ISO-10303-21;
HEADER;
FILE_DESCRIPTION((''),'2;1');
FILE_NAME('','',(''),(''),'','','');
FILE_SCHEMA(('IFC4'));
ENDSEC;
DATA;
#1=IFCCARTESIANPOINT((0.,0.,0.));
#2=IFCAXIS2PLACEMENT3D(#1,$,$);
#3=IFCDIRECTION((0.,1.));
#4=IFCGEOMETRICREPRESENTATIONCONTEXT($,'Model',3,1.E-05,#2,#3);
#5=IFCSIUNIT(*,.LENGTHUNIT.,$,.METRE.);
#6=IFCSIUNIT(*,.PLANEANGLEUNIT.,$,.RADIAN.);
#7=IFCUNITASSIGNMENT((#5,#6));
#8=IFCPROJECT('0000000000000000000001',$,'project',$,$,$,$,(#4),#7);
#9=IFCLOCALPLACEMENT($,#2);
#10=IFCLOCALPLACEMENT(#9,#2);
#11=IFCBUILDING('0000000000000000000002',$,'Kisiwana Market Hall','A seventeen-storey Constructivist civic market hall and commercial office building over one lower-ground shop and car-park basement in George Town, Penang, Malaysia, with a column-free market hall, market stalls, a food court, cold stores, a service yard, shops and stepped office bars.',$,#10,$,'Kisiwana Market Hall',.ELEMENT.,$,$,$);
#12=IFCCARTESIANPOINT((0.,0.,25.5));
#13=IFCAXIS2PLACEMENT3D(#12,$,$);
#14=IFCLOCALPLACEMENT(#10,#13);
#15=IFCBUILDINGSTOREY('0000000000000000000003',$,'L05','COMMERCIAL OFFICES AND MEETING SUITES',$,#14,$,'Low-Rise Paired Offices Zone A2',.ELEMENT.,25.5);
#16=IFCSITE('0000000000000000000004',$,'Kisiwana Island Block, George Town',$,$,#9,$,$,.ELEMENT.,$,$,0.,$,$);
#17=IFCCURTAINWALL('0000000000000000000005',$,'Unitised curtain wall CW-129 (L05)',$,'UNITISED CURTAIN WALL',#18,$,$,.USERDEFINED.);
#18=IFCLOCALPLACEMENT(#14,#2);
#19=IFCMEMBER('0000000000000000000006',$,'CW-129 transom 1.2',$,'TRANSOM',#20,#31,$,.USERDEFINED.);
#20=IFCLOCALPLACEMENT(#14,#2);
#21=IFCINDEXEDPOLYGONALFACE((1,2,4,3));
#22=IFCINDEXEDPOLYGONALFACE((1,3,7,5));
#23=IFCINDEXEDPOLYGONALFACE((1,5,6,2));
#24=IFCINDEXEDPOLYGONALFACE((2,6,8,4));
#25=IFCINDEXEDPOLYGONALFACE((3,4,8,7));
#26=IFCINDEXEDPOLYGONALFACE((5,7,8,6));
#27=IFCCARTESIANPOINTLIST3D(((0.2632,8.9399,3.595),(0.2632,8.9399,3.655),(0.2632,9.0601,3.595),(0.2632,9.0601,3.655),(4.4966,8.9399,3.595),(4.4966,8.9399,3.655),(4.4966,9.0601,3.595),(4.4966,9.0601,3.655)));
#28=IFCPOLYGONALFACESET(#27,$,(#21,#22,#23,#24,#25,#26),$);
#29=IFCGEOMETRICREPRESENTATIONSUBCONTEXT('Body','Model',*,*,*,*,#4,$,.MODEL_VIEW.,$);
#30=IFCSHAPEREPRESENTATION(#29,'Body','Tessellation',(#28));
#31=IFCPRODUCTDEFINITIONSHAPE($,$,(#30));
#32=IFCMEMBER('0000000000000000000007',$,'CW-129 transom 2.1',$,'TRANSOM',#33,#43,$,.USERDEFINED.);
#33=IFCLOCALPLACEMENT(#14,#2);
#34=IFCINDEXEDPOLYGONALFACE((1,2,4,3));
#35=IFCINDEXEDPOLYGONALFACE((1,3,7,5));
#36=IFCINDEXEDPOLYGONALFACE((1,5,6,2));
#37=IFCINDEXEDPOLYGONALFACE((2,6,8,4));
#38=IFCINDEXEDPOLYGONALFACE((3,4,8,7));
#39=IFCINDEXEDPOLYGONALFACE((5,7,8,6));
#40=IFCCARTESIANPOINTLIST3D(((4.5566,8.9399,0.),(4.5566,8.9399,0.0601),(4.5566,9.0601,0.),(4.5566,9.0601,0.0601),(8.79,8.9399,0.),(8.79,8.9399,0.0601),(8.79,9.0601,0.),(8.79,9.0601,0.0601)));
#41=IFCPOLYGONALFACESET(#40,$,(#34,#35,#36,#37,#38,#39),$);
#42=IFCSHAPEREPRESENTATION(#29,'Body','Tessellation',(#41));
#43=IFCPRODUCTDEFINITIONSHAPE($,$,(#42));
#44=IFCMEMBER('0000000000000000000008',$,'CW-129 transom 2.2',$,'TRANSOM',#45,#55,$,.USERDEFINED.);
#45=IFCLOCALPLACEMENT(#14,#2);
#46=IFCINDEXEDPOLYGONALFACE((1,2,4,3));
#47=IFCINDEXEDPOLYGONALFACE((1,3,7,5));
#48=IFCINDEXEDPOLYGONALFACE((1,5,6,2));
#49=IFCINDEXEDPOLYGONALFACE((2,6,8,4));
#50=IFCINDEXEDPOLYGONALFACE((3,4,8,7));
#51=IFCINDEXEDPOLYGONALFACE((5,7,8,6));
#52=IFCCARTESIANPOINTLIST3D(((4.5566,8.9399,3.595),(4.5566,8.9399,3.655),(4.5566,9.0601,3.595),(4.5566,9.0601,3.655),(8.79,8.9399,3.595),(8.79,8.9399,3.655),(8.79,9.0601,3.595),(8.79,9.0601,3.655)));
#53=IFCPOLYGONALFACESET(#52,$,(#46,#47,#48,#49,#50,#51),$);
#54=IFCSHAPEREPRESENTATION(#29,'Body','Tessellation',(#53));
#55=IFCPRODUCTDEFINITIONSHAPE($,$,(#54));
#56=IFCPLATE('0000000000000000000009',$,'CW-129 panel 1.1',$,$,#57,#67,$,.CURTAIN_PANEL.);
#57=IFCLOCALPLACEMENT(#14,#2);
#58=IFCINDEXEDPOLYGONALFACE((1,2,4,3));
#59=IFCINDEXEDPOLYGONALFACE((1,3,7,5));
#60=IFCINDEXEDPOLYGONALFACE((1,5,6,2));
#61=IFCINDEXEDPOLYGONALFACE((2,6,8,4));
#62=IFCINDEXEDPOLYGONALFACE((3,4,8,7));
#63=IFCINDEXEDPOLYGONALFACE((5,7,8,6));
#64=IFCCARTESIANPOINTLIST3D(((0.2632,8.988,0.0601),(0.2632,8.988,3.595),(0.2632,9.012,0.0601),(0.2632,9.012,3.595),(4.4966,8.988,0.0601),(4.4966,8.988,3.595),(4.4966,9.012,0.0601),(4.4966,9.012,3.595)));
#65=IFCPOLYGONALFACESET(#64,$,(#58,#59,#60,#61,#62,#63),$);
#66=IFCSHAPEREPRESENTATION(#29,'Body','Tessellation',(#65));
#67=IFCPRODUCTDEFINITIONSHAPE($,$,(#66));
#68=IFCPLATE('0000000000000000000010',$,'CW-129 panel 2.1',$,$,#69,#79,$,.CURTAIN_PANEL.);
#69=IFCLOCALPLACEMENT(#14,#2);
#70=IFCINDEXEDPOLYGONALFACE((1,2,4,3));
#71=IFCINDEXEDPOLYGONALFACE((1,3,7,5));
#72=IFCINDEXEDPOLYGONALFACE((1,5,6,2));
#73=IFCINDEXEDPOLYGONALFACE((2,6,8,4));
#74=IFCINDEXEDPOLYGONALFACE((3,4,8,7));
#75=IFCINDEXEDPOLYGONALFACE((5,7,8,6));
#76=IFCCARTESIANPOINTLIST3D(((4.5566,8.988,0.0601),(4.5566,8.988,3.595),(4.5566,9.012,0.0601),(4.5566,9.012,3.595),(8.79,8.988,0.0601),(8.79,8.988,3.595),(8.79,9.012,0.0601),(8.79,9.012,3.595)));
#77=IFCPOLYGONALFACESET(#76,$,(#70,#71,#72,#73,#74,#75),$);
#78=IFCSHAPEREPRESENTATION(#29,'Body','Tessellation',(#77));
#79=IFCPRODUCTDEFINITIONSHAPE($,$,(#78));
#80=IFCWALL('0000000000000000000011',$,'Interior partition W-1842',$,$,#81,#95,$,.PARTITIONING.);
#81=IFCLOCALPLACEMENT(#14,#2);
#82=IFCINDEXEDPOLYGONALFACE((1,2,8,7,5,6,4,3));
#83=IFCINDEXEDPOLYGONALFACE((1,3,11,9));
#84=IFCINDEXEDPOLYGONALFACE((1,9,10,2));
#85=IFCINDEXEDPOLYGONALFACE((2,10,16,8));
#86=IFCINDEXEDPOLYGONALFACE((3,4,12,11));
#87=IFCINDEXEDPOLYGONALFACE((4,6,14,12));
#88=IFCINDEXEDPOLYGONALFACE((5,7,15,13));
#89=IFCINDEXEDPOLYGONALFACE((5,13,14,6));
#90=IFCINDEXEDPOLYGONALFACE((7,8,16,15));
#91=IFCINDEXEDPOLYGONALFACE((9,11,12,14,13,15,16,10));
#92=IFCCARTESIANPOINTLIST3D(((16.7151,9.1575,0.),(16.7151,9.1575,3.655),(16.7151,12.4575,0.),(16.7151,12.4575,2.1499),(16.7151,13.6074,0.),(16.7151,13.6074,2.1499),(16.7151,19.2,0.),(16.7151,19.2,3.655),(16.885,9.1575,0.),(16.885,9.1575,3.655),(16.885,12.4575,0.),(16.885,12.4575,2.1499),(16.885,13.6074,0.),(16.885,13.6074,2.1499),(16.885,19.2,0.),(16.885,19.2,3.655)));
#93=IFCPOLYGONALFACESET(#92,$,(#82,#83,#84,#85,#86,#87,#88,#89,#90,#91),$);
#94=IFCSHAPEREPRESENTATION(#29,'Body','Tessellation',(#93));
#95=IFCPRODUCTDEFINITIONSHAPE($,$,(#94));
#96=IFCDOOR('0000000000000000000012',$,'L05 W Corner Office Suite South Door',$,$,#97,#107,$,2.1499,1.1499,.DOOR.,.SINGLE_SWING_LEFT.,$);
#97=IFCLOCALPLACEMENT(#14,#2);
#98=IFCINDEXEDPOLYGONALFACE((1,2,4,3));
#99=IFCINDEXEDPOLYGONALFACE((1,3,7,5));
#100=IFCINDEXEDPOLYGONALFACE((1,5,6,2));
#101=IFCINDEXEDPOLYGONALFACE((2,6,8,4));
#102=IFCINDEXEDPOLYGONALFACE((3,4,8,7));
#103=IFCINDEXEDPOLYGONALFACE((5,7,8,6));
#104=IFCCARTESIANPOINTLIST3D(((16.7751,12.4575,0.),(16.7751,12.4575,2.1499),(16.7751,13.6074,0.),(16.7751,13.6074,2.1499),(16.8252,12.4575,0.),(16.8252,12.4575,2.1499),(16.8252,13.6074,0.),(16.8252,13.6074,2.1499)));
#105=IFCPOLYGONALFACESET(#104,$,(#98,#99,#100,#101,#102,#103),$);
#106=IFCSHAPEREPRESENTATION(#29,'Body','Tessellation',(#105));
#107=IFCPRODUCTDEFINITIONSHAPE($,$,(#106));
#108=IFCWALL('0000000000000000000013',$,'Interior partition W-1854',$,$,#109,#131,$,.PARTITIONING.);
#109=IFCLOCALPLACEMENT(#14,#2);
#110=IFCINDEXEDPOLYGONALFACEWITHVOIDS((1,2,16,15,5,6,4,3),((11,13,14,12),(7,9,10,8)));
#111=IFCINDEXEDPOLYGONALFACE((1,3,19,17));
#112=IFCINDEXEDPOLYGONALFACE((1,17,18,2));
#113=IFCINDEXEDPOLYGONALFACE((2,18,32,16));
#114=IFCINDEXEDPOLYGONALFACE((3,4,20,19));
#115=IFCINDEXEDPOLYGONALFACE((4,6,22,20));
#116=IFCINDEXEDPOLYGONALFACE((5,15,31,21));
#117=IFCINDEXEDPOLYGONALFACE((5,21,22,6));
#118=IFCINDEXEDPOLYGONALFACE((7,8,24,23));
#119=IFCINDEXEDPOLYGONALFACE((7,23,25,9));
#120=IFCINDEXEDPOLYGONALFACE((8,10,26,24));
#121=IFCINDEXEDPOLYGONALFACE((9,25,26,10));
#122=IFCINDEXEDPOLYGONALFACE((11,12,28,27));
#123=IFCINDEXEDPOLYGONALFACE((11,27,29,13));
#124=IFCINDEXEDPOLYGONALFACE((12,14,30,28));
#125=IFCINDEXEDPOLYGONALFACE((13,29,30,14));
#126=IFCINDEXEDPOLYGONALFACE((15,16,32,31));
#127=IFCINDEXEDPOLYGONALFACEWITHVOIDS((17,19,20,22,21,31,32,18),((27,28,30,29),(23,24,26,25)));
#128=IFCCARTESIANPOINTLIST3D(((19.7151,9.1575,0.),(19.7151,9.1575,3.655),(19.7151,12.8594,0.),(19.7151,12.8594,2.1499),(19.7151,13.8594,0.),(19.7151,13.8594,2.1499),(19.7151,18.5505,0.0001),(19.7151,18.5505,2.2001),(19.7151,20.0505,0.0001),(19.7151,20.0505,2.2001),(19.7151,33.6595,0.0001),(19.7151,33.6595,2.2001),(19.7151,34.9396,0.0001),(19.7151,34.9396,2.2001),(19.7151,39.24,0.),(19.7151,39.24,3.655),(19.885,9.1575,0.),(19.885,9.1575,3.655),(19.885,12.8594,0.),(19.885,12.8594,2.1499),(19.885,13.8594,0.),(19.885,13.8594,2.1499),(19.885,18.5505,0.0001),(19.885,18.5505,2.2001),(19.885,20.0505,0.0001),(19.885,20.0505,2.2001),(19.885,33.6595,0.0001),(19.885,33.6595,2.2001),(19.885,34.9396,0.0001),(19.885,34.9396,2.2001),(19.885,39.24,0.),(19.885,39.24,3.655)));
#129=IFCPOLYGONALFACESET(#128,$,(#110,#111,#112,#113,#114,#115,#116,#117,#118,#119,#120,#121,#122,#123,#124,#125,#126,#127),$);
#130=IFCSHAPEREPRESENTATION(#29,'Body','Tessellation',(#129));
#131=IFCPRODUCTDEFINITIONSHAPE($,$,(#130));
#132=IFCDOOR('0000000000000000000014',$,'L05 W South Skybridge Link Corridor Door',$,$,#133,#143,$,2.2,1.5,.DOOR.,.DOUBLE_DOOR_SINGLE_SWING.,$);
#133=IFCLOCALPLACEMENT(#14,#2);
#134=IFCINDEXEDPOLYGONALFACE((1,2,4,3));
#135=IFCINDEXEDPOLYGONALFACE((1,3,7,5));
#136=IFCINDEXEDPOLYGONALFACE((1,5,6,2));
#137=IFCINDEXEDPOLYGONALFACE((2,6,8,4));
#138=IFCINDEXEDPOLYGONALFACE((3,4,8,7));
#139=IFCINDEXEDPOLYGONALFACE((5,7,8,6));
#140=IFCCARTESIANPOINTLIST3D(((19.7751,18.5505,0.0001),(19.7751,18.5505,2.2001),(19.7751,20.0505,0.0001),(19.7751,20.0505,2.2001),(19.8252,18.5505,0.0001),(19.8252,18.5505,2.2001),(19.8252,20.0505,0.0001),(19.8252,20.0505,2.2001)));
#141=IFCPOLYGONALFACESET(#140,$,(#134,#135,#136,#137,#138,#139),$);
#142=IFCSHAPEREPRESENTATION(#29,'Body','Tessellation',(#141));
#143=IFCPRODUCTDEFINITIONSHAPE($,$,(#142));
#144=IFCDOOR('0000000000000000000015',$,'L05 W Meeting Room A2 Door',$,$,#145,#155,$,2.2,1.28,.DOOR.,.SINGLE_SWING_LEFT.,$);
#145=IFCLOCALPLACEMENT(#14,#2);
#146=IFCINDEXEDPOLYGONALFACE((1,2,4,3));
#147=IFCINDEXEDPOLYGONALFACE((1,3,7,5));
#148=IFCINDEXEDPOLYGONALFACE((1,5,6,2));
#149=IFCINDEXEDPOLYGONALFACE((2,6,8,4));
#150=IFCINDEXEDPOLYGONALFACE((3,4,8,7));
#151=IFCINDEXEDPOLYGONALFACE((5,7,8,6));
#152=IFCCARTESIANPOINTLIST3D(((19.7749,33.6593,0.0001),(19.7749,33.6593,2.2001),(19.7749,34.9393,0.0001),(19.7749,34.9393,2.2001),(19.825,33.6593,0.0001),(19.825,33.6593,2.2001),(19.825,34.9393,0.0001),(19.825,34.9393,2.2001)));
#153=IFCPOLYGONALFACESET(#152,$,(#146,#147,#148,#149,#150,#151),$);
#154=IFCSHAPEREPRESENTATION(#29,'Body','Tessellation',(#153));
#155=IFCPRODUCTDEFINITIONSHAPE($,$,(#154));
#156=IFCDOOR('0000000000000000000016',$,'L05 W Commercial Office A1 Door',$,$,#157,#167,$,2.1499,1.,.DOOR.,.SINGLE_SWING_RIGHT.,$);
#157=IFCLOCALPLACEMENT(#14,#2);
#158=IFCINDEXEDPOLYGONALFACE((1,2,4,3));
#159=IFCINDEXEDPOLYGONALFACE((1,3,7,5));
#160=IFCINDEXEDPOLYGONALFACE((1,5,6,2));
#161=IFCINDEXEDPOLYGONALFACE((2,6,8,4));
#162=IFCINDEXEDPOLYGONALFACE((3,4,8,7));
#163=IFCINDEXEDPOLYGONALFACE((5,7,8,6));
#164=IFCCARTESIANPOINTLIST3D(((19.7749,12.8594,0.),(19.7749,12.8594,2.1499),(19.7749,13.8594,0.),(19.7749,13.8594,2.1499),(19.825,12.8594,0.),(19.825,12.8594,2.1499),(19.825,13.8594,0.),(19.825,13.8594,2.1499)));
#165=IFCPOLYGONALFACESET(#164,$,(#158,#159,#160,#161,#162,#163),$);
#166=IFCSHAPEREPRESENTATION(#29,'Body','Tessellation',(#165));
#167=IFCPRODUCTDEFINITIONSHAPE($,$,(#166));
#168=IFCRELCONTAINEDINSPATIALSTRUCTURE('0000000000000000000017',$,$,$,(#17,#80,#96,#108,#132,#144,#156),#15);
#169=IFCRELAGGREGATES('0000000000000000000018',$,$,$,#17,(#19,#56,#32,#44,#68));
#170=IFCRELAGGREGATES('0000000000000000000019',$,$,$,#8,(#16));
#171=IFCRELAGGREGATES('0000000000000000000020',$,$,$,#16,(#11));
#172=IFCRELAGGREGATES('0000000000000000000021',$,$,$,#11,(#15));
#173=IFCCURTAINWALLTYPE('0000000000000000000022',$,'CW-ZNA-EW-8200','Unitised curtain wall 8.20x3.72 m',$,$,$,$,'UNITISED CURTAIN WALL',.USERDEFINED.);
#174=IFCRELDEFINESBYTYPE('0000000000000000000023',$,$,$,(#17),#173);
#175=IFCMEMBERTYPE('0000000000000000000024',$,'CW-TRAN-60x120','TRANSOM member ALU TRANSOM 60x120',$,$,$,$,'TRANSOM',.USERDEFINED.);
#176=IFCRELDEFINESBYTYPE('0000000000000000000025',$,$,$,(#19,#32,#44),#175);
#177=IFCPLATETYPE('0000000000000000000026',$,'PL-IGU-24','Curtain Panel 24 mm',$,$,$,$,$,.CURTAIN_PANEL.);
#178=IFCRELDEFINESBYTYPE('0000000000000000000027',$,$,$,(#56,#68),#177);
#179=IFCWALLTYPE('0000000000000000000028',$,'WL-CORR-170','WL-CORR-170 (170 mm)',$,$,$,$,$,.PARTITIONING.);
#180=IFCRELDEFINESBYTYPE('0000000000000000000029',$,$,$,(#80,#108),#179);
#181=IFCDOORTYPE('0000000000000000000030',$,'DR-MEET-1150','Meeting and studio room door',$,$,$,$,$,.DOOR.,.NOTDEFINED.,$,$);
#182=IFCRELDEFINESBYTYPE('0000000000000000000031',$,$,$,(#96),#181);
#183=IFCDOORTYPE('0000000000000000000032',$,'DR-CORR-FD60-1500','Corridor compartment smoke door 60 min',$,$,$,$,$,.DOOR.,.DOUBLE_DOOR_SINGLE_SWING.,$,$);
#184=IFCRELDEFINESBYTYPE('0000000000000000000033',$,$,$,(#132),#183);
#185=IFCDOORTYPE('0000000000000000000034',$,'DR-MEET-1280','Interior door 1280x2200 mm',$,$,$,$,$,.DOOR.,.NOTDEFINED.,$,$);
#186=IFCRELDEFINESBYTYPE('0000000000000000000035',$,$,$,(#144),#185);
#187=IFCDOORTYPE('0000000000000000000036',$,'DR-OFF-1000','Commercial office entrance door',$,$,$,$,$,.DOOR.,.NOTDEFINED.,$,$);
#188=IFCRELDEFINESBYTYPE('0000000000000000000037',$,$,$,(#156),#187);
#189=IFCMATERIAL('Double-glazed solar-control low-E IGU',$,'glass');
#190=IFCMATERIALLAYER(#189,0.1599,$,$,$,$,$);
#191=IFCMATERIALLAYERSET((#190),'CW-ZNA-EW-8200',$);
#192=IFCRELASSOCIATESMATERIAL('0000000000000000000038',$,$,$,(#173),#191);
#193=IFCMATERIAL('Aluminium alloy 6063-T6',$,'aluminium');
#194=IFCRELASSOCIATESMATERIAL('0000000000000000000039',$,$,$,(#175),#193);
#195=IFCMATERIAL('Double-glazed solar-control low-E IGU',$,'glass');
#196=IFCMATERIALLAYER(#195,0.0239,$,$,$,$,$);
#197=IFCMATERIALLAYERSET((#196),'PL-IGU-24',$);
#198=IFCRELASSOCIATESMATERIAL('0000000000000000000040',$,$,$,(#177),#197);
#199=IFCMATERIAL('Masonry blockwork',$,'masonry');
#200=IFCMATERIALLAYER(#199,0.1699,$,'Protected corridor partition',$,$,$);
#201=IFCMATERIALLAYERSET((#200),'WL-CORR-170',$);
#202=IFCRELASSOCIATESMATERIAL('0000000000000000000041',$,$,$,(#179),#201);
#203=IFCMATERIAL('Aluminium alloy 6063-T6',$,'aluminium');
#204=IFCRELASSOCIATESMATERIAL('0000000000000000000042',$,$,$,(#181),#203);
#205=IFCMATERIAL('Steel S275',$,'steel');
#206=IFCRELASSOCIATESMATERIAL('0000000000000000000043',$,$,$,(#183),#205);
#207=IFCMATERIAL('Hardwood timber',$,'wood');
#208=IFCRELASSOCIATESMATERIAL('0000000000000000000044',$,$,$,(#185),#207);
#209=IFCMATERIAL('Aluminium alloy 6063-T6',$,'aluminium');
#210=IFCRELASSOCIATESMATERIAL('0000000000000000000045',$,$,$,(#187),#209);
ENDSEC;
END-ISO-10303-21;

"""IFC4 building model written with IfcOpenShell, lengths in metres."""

from ifc_helpers import new_model, si_unit, direction, frame, frame_2d, origin, origin_2d, place, context, subcontext, project, spatial, rectangle, extrude, material, layer, layer_set, material_profile, profile_set, type_object, element, fill, aggregate, save


model = new_model("IFC4")

# Units and contexts
model_context = context("Model", 3, precision=1e-05, world=origin(), true_north=direction((0.0, 1.0)))
body_context = subcontext(model_context, "Body", "Model", "MODEL_VIEW")
ifc_project = project(units=[si_unit("LENGTHUNIT", "METRE"), si_unit("PLANEANGLEUNIT", "RADIAN")], contexts=[model_context])

# Site, building, storey
site_placement = place(None, origin())
site = spatial("IfcSite", under=ifc_project, at=site_placement, Name="Kisiwana Island Block, George Town", CompositionType="ELEMENT", RefElevation=0.0)
building_placement = place(site_placement, origin())
building = spatial("IfcBuilding", under=site, at=building_placement, Name="Kisiwana Market Hall", Description="A seventeen-storey Constructivist civic market hall and commercial office building over one lower-ground shop and car-park basement in George Town, Penang, Malaysia, with a column-free market hall, market stalls, a food court, cold stores, a service yard, shops and stepped office bars.", LongName="Kisiwana Market Hall", CompositionType="ELEMENT")
storey_placement = place(building_placement, frame((0.0, 0.0, 25.5)))
storey = spatial("IfcBuildingStorey", under=building, at=storey_placement, Name="L05", Description="COMMERCIAL OFFICES AND MEETING SUITES", LongName="Low-Rise Paired Offices Zone A2", CompositionType="ELEMENT", Elevation=25.5)

# Curtain wall, members, plates
ifc_material_1 = material(Name="Double-glazed solar-control low-E IGU", Category="glass")
ifc_layer_1 = layer(ifc_material_1, 0.1599)
ifc_layer_set_1 = layer_set([ifc_layer_1], Name="CW-ZNA-EW-8200")
curtain_wall_type = type_object("IfcCurtainWallType", Name="CW-ZNA-EW-8200", Description="Unitised curtain wall 8.20x3.72 m", ElementType="UNITISED CURTAIN WALL", PredefinedType="USERDEFINED", material=ifc_layer_set_1)
curtain_wall_placement = place(storey_placement, origin())
curtain_wall = element("IfcCurtainWall", 1, at=curtain_wall_placement, inside=storey, type_object=curtain_wall_type, Name="Unitised curtain wall CW-129 (L05)", ObjectType="UNITISED CURTAIN WALL", PredefinedType="USERDEFINED")
ifc_material_2 = material(Name="Aluminium alloy 6063-T6", Category="aluminium")
ifc_material_profile_1 = material_profile(ifc_material_2, rectangle(XDim=0.1201, YDim=0.0601, at=origin_2d()), Name="ALU TRANSOM 60x120")
ifc_profile_set_1 = profile_set([ifc_material_profile_1], Name="Aluminium alloy 6063-T6")
member_type_1 = type_object("IfcMemberType", Name="CW-TRAN-60x120", Description="TRANSOM member ALU TRANSOM 60x120", ElementType="TRANSOM", PredefinedType="USERDEFINED", material=ifc_profile_set_1)
member_1_placement = place(storey_placement, frame((0.2632, 9.0, 3.625), z_axis=(1.0, 0.0, 0.0), x_axis=(0.0, 1.0, 0.0)))
member_1 = element("IfcMember", 2, at=member_1_placement, type_object=member_type_1, Name="CW-129 transom 1.2", ObjectType="TRANSOM", PredefinedType="USERDEFINED", context=body_context, shape_type="SweptSolid", body=[
    extrude(rectangle(XDim=0.1201, YDim=0.0601, at=origin_2d()), origin(), (0.0, 0.0, 1.0), 4.2334),
])
member_2_placement = place(storey_placement, frame((4.5566, 9.0, 0.03), z_axis=(1.0, 0.0, 0.0), x_axis=(0.0, 1.0, 0.0)))
member_2 = element("IfcMember", 3, at=member_2_placement, type_object=member_type_1, Name="CW-129 transom 2.1", ObjectType="TRANSOM", PredefinedType="USERDEFINED", context=body_context, shape_type="SweptSolid", body=[
    extrude(rectangle(XDim=0.1201, YDim=0.0601, at=origin_2d()), origin(), (0.0, 0.0, 1.0), 4.2334),
])
member_3_placement = place(storey_placement, frame((4.5566, 9.0, 3.625), z_axis=(1.0, 0.0, 0.0), x_axis=(0.0, 1.0, 0.0)))
member_3 = element("IfcMember", 4, at=member_3_placement, type_object=member_type_1, Name="CW-129 transom 2.2", ObjectType="TRANSOM", PredefinedType="USERDEFINED", context=body_context, shape_type="SweptSolid", body=[
    extrude(rectangle(XDim=0.1201, YDim=0.0601, at=origin_2d()), origin(), (0.0, 0.0, 1.0), 4.2334),
])
ifc_material_3 = material(Name="Double-glazed solar-control low-E IGU", Category="glass")
ifc_layer_2 = layer(ifc_material_3, 0.0239)
ifc_layer_set_2 = layer_set([ifc_layer_2], Name="PL-IGU-24")
plate_type = type_object("IfcPlateType", Name="PL-IGU-24", Description="Curtain Panel 24 mm", PredefinedType="CURTAIN_PANEL", material=ifc_layer_set_2)
plate_1_placement = place(storey_placement, frame((2.3799, 9.0, 0.0601), z_axis=(0.0, 0.0, 1.0), x_axis=(1.0, 0.0, 0.0)))
plate_1 = element("IfcPlate", 5, at=plate_1_placement, type_object=plate_type, Name="CW-129 panel 1.1", PredefinedType="CURTAIN_PANEL", context=body_context, shape_type="SweptSolid", body=[
    extrude(rectangle(XDim=4.2334, YDim=0.0239, at=origin_2d()), origin(), (0.0, 0.0, 1.0), 3.5349),
])
plate_2_placement = place(storey_placement, frame((6.6733, 9.0, 0.0601), z_axis=(0.0, 0.0, 1.0), x_axis=(1.0, 0.0, 0.0)))
plate_2 = element("IfcPlate", 6, at=plate_2_placement, type_object=plate_type, Name="CW-129 panel 2.1", PredefinedType="CURTAIN_PANEL", context=body_context, shape_type="SweptSolid", body=[
    extrude(rectangle(XDim=4.2334, YDim=0.0239, at=origin_2d()), origin(), (0.0, 0.0, 1.0), 3.5349),
])
aggregate(curtain_wall, [member_1, plate_1, member_2, member_3, plate_2])

# Wall, opening, door
ifc_material_4 = material(Name="Masonry blockwork", Category="masonry")
ifc_layer_3 = layer(ifc_material_4, 0.1699, Name="Protected corridor partition")
ifc_layer_set_3 = layer_set([ifc_layer_3], Name="WL-CORR-170")
wall_type_1 = type_object("IfcWallType", Name="WL-CORR-170", Description="WL-CORR-170 (170 mm)", PredefinedType="PARTITIONING", material=ifc_layer_set_3)
wall_1_placement = place(storey_placement, frame((16.8, 9.1575, 0.0), z_axis=(0.0, 0.0, 1.0), x_axis=(0.0, 1.0, 0.0)))
wall_1 = element("IfcWall", 7, at=wall_1_placement, inside=storey, type_object=wall_type_1, Name="Interior partition W-1842", PredefinedType="PARTITIONING", context=body_context, shape_type="SweptSolid", body=[
    extrude(rectangle(XDim=10.0425, YDim=0.1699, at=frame_2d((5.0212, 0.0))), origin(), (0.0, 0.0, 1.0), 3.655),
])
opening_1_placement = place(wall_1_placement, frame((3.3, 0.0, 0.0)))
opening_1 = element("IfcOpeningElement", 8, at=opening_1_placement, cuts=wall_1, PredefinedType="OPENING", context=body_context, shape_type="SweptSolid", body=[
    extrude(rectangle(XDim=1.1499, YDim=2.1499, at=frame_2d((0.575, 1.075))), frame((0.0, 0.0969, 0.0), z_axis=(0.0, -1.0, 0.0), x_axis=(1.0, 0.0, 0.0)), (0.0, 0.0, 1.0), 0.1938),
])
ifc_material_5 = material(Name="Aluminium alloy 6063-T6", Category="aluminium")
door_type_1 = type_object("IfcDoorType", Name="DR-MEET-1150", Description="Meeting and studio room door", OperationType="NOTDEFINED", PredefinedType="DOOR", material=ifc_material_5)
door_1_placement = place(opening_1_placement, origin())
door_1 = element("IfcDoor", 9, at=door_1_placement, inside=storey, type_object=door_type_1, Name="L05 W Corner Office Suite South Door", OperationType="SINGLE_SWING_LEFT", OverallHeight=2.1499, OverallWidth=1.1499, PredefinedType="DOOR", context=body_context, shape_type="SweptSolid", body=[
    extrude(rectangle(XDim=1.1499, YDim=2.1499, at=frame_2d((0.575, 1.075))), frame((0.0, 0.0249, 0.0), z_axis=(0.0, -1.0, 0.0), x_axis=(1.0, 0.0, 0.0)), (0.0, 0.0, 1.0), 0.05),
])
fill(opening_1, door_1)

# Wall, openings, doors
wall_2_placement = place(storey_placement, frame((19.8, 9.1575, 0.0), z_axis=(0.0, 0.0, 1.0), x_axis=(0.0, 1.0, 0.0)))
wall_2 = element("IfcWall", 10, at=wall_2_placement, inside=storey, type_object=wall_type_1, Name="Interior partition W-1854", PredefinedType="PARTITIONING", context=body_context, shape_type="SweptSolid", body=[
    extrude(rectangle(XDim=30.0825, YDim=0.1699, at=frame_2d((15.0413, 0.0))), origin(), (0.0, 0.0, 1.0), 3.655),
])
opening_2_placement = place(wall_2_placement, frame((3.7019, 0.0, 0.0)))
opening_2 = element("IfcOpeningElement", 11, at=opening_2_placement, cuts=wall_2, PredefinedType="OPENING", context=body_context, shape_type="SweptSolid", body=[
    extrude(rectangle(XDim=1.0, YDim=2.1499, at=frame_2d((0.5, 1.075))), frame((0.0, 0.0969, 0.0), z_axis=(0.0, -1.0, 0.0), x_axis=(1.0, 0.0, 0.0)), (0.0, 0.0, 1.0), 0.1938),
])
opening_3_placement = place(wall_2_placement, frame((9.3931, 0.0, 0.0)))
opening_3 = element("IfcOpeningElement", 12, at=opening_3_placement, cuts=wall_2, PredefinedType="OPENING", context=body_context, shape_type="SweptSolid", body=[
    extrude(rectangle(XDim=1.5, YDim=2.2, at=frame_2d((0.75, 1.1001))), frame((0.0, 0.0969, 0.0), z_axis=(0.0, -1.0, 0.0), x_axis=(1.0, 0.0, 0.0)), (0.0, 0.0, 1.0), 0.1938),
])
opening_4_placement = place(wall_2_placement, frame((24.502, 0.0, 0.0)))
opening_4 = element("IfcOpeningElement", 13, at=opening_4_placement, cuts=wall_2, PredefinedType="OPENING", context=body_context, shape_type="SweptSolid", body=[
    extrude(rectangle(XDim=1.28, YDim=2.2, at=frame_2d((0.6401, 1.1001))), frame((0.0, 0.0969, 0.0), z_axis=(0.0, -1.0, 0.0), x_axis=(1.0, 0.0, 0.0)), (0.0, 0.0, 1.0), 0.1938),
])
ifc_material_6 = material(Name="Steel S275", Category="steel")
door_type_2 = type_object("IfcDoorType", Name="DR-CORR-FD60-1500", Description="Corridor compartment smoke door 60 min", OperationType="DOUBLE_DOOR_SINGLE_SWING", PredefinedType="DOOR", material=ifc_material_6)
door_2_placement = place(opening_3_placement, origin())
door_2 = element("IfcDoor", 14, at=door_2_placement, inside=storey, type_object=door_type_2, Name="L05 W South Skybridge Link Corridor Door", OperationType="DOUBLE_DOOR_SINGLE_SWING", OverallHeight=2.2, OverallWidth=1.5, PredefinedType="DOOR", context=body_context, shape_type="SweptSolid", body=[
    extrude(rectangle(XDim=1.5, YDim=2.2, at=frame_2d((0.75, 1.1001))), frame((0.0, 0.0249, 0.0), z_axis=(0.0, -1.0, 0.0), x_axis=(1.0, 0.0, 0.0)), (0.0, 0.0, 1.0), 0.05),
])
fill(opening_3, door_2)
ifc_material_7 = material(Name="Hardwood timber", Category="wood")
door_type_3 = type_object("IfcDoorType", Name="DR-MEET-1280", Description="Interior door 1280x2200 mm", OperationType="NOTDEFINED", PredefinedType="DOOR", material=ifc_material_7)
door_3_placement = place(opening_4_placement, frame((1.28, 0.0, 0.0), z_axis=(0.0, 0.0, 1.0), x_axis=(-1.0, 0.0, 0.0)))
door_3 = element("IfcDoor", 15, at=door_3_placement, inside=storey, type_object=door_type_3, Name="L05 W Meeting Room A2 Door", OperationType="SINGLE_SWING_LEFT", OverallHeight=2.2, OverallWidth=1.28, PredefinedType="DOOR", context=body_context, shape_type="SweptSolid", body=[
    extrude(rectangle(XDim=1.28, YDim=2.2, at=frame_2d((0.6401, 1.1001))), frame((0.0, 0.0249, 0.0), z_axis=(0.0, -1.0, 0.0), x_axis=(1.0, 0.0, 0.0)), (0.0, 0.0, 1.0), 0.05),
])
fill(opening_4, door_3)
ifc_material_8 = material(Name="Aluminium alloy 6063-T6", Category="aluminium")
door_type_4 = type_object("IfcDoorType", Name="DR-OFF-1000", Description="Commercial office entrance door", OperationType="NOTDEFINED", PredefinedType="DOOR", material=ifc_material_8)
door_4_placement = place(opening_2_placement, frame((1.0, 0.0, 0.0), z_axis=(0.0, 0.0, 1.0), x_axis=(-1.0, 0.0, 0.0)))
door_4 = element("IfcDoor", 16, at=door_4_placement, inside=storey, type_object=door_type_4, Name="L05 W Commercial Office A1 Door", OperationType="SINGLE_SWING_RIGHT", OverallHeight=2.1499, OverallWidth=1.0, PredefinedType="DOOR", context=body_context, shape_type="SweptSolid", body=[
    extrude(rectangle(XDim=1.0, YDim=2.1499, at=frame_2d((0.5, 1.075))), frame((0.0, 0.0249, 0.0), z_axis=(0.0, -1.0, 0.0), x_axis=(1.0, 0.0, 0.0)), (0.0, 0.0, 1.0), 0.05),
])
fill(opening_2, door_4)

save(model, "model.ifc")
